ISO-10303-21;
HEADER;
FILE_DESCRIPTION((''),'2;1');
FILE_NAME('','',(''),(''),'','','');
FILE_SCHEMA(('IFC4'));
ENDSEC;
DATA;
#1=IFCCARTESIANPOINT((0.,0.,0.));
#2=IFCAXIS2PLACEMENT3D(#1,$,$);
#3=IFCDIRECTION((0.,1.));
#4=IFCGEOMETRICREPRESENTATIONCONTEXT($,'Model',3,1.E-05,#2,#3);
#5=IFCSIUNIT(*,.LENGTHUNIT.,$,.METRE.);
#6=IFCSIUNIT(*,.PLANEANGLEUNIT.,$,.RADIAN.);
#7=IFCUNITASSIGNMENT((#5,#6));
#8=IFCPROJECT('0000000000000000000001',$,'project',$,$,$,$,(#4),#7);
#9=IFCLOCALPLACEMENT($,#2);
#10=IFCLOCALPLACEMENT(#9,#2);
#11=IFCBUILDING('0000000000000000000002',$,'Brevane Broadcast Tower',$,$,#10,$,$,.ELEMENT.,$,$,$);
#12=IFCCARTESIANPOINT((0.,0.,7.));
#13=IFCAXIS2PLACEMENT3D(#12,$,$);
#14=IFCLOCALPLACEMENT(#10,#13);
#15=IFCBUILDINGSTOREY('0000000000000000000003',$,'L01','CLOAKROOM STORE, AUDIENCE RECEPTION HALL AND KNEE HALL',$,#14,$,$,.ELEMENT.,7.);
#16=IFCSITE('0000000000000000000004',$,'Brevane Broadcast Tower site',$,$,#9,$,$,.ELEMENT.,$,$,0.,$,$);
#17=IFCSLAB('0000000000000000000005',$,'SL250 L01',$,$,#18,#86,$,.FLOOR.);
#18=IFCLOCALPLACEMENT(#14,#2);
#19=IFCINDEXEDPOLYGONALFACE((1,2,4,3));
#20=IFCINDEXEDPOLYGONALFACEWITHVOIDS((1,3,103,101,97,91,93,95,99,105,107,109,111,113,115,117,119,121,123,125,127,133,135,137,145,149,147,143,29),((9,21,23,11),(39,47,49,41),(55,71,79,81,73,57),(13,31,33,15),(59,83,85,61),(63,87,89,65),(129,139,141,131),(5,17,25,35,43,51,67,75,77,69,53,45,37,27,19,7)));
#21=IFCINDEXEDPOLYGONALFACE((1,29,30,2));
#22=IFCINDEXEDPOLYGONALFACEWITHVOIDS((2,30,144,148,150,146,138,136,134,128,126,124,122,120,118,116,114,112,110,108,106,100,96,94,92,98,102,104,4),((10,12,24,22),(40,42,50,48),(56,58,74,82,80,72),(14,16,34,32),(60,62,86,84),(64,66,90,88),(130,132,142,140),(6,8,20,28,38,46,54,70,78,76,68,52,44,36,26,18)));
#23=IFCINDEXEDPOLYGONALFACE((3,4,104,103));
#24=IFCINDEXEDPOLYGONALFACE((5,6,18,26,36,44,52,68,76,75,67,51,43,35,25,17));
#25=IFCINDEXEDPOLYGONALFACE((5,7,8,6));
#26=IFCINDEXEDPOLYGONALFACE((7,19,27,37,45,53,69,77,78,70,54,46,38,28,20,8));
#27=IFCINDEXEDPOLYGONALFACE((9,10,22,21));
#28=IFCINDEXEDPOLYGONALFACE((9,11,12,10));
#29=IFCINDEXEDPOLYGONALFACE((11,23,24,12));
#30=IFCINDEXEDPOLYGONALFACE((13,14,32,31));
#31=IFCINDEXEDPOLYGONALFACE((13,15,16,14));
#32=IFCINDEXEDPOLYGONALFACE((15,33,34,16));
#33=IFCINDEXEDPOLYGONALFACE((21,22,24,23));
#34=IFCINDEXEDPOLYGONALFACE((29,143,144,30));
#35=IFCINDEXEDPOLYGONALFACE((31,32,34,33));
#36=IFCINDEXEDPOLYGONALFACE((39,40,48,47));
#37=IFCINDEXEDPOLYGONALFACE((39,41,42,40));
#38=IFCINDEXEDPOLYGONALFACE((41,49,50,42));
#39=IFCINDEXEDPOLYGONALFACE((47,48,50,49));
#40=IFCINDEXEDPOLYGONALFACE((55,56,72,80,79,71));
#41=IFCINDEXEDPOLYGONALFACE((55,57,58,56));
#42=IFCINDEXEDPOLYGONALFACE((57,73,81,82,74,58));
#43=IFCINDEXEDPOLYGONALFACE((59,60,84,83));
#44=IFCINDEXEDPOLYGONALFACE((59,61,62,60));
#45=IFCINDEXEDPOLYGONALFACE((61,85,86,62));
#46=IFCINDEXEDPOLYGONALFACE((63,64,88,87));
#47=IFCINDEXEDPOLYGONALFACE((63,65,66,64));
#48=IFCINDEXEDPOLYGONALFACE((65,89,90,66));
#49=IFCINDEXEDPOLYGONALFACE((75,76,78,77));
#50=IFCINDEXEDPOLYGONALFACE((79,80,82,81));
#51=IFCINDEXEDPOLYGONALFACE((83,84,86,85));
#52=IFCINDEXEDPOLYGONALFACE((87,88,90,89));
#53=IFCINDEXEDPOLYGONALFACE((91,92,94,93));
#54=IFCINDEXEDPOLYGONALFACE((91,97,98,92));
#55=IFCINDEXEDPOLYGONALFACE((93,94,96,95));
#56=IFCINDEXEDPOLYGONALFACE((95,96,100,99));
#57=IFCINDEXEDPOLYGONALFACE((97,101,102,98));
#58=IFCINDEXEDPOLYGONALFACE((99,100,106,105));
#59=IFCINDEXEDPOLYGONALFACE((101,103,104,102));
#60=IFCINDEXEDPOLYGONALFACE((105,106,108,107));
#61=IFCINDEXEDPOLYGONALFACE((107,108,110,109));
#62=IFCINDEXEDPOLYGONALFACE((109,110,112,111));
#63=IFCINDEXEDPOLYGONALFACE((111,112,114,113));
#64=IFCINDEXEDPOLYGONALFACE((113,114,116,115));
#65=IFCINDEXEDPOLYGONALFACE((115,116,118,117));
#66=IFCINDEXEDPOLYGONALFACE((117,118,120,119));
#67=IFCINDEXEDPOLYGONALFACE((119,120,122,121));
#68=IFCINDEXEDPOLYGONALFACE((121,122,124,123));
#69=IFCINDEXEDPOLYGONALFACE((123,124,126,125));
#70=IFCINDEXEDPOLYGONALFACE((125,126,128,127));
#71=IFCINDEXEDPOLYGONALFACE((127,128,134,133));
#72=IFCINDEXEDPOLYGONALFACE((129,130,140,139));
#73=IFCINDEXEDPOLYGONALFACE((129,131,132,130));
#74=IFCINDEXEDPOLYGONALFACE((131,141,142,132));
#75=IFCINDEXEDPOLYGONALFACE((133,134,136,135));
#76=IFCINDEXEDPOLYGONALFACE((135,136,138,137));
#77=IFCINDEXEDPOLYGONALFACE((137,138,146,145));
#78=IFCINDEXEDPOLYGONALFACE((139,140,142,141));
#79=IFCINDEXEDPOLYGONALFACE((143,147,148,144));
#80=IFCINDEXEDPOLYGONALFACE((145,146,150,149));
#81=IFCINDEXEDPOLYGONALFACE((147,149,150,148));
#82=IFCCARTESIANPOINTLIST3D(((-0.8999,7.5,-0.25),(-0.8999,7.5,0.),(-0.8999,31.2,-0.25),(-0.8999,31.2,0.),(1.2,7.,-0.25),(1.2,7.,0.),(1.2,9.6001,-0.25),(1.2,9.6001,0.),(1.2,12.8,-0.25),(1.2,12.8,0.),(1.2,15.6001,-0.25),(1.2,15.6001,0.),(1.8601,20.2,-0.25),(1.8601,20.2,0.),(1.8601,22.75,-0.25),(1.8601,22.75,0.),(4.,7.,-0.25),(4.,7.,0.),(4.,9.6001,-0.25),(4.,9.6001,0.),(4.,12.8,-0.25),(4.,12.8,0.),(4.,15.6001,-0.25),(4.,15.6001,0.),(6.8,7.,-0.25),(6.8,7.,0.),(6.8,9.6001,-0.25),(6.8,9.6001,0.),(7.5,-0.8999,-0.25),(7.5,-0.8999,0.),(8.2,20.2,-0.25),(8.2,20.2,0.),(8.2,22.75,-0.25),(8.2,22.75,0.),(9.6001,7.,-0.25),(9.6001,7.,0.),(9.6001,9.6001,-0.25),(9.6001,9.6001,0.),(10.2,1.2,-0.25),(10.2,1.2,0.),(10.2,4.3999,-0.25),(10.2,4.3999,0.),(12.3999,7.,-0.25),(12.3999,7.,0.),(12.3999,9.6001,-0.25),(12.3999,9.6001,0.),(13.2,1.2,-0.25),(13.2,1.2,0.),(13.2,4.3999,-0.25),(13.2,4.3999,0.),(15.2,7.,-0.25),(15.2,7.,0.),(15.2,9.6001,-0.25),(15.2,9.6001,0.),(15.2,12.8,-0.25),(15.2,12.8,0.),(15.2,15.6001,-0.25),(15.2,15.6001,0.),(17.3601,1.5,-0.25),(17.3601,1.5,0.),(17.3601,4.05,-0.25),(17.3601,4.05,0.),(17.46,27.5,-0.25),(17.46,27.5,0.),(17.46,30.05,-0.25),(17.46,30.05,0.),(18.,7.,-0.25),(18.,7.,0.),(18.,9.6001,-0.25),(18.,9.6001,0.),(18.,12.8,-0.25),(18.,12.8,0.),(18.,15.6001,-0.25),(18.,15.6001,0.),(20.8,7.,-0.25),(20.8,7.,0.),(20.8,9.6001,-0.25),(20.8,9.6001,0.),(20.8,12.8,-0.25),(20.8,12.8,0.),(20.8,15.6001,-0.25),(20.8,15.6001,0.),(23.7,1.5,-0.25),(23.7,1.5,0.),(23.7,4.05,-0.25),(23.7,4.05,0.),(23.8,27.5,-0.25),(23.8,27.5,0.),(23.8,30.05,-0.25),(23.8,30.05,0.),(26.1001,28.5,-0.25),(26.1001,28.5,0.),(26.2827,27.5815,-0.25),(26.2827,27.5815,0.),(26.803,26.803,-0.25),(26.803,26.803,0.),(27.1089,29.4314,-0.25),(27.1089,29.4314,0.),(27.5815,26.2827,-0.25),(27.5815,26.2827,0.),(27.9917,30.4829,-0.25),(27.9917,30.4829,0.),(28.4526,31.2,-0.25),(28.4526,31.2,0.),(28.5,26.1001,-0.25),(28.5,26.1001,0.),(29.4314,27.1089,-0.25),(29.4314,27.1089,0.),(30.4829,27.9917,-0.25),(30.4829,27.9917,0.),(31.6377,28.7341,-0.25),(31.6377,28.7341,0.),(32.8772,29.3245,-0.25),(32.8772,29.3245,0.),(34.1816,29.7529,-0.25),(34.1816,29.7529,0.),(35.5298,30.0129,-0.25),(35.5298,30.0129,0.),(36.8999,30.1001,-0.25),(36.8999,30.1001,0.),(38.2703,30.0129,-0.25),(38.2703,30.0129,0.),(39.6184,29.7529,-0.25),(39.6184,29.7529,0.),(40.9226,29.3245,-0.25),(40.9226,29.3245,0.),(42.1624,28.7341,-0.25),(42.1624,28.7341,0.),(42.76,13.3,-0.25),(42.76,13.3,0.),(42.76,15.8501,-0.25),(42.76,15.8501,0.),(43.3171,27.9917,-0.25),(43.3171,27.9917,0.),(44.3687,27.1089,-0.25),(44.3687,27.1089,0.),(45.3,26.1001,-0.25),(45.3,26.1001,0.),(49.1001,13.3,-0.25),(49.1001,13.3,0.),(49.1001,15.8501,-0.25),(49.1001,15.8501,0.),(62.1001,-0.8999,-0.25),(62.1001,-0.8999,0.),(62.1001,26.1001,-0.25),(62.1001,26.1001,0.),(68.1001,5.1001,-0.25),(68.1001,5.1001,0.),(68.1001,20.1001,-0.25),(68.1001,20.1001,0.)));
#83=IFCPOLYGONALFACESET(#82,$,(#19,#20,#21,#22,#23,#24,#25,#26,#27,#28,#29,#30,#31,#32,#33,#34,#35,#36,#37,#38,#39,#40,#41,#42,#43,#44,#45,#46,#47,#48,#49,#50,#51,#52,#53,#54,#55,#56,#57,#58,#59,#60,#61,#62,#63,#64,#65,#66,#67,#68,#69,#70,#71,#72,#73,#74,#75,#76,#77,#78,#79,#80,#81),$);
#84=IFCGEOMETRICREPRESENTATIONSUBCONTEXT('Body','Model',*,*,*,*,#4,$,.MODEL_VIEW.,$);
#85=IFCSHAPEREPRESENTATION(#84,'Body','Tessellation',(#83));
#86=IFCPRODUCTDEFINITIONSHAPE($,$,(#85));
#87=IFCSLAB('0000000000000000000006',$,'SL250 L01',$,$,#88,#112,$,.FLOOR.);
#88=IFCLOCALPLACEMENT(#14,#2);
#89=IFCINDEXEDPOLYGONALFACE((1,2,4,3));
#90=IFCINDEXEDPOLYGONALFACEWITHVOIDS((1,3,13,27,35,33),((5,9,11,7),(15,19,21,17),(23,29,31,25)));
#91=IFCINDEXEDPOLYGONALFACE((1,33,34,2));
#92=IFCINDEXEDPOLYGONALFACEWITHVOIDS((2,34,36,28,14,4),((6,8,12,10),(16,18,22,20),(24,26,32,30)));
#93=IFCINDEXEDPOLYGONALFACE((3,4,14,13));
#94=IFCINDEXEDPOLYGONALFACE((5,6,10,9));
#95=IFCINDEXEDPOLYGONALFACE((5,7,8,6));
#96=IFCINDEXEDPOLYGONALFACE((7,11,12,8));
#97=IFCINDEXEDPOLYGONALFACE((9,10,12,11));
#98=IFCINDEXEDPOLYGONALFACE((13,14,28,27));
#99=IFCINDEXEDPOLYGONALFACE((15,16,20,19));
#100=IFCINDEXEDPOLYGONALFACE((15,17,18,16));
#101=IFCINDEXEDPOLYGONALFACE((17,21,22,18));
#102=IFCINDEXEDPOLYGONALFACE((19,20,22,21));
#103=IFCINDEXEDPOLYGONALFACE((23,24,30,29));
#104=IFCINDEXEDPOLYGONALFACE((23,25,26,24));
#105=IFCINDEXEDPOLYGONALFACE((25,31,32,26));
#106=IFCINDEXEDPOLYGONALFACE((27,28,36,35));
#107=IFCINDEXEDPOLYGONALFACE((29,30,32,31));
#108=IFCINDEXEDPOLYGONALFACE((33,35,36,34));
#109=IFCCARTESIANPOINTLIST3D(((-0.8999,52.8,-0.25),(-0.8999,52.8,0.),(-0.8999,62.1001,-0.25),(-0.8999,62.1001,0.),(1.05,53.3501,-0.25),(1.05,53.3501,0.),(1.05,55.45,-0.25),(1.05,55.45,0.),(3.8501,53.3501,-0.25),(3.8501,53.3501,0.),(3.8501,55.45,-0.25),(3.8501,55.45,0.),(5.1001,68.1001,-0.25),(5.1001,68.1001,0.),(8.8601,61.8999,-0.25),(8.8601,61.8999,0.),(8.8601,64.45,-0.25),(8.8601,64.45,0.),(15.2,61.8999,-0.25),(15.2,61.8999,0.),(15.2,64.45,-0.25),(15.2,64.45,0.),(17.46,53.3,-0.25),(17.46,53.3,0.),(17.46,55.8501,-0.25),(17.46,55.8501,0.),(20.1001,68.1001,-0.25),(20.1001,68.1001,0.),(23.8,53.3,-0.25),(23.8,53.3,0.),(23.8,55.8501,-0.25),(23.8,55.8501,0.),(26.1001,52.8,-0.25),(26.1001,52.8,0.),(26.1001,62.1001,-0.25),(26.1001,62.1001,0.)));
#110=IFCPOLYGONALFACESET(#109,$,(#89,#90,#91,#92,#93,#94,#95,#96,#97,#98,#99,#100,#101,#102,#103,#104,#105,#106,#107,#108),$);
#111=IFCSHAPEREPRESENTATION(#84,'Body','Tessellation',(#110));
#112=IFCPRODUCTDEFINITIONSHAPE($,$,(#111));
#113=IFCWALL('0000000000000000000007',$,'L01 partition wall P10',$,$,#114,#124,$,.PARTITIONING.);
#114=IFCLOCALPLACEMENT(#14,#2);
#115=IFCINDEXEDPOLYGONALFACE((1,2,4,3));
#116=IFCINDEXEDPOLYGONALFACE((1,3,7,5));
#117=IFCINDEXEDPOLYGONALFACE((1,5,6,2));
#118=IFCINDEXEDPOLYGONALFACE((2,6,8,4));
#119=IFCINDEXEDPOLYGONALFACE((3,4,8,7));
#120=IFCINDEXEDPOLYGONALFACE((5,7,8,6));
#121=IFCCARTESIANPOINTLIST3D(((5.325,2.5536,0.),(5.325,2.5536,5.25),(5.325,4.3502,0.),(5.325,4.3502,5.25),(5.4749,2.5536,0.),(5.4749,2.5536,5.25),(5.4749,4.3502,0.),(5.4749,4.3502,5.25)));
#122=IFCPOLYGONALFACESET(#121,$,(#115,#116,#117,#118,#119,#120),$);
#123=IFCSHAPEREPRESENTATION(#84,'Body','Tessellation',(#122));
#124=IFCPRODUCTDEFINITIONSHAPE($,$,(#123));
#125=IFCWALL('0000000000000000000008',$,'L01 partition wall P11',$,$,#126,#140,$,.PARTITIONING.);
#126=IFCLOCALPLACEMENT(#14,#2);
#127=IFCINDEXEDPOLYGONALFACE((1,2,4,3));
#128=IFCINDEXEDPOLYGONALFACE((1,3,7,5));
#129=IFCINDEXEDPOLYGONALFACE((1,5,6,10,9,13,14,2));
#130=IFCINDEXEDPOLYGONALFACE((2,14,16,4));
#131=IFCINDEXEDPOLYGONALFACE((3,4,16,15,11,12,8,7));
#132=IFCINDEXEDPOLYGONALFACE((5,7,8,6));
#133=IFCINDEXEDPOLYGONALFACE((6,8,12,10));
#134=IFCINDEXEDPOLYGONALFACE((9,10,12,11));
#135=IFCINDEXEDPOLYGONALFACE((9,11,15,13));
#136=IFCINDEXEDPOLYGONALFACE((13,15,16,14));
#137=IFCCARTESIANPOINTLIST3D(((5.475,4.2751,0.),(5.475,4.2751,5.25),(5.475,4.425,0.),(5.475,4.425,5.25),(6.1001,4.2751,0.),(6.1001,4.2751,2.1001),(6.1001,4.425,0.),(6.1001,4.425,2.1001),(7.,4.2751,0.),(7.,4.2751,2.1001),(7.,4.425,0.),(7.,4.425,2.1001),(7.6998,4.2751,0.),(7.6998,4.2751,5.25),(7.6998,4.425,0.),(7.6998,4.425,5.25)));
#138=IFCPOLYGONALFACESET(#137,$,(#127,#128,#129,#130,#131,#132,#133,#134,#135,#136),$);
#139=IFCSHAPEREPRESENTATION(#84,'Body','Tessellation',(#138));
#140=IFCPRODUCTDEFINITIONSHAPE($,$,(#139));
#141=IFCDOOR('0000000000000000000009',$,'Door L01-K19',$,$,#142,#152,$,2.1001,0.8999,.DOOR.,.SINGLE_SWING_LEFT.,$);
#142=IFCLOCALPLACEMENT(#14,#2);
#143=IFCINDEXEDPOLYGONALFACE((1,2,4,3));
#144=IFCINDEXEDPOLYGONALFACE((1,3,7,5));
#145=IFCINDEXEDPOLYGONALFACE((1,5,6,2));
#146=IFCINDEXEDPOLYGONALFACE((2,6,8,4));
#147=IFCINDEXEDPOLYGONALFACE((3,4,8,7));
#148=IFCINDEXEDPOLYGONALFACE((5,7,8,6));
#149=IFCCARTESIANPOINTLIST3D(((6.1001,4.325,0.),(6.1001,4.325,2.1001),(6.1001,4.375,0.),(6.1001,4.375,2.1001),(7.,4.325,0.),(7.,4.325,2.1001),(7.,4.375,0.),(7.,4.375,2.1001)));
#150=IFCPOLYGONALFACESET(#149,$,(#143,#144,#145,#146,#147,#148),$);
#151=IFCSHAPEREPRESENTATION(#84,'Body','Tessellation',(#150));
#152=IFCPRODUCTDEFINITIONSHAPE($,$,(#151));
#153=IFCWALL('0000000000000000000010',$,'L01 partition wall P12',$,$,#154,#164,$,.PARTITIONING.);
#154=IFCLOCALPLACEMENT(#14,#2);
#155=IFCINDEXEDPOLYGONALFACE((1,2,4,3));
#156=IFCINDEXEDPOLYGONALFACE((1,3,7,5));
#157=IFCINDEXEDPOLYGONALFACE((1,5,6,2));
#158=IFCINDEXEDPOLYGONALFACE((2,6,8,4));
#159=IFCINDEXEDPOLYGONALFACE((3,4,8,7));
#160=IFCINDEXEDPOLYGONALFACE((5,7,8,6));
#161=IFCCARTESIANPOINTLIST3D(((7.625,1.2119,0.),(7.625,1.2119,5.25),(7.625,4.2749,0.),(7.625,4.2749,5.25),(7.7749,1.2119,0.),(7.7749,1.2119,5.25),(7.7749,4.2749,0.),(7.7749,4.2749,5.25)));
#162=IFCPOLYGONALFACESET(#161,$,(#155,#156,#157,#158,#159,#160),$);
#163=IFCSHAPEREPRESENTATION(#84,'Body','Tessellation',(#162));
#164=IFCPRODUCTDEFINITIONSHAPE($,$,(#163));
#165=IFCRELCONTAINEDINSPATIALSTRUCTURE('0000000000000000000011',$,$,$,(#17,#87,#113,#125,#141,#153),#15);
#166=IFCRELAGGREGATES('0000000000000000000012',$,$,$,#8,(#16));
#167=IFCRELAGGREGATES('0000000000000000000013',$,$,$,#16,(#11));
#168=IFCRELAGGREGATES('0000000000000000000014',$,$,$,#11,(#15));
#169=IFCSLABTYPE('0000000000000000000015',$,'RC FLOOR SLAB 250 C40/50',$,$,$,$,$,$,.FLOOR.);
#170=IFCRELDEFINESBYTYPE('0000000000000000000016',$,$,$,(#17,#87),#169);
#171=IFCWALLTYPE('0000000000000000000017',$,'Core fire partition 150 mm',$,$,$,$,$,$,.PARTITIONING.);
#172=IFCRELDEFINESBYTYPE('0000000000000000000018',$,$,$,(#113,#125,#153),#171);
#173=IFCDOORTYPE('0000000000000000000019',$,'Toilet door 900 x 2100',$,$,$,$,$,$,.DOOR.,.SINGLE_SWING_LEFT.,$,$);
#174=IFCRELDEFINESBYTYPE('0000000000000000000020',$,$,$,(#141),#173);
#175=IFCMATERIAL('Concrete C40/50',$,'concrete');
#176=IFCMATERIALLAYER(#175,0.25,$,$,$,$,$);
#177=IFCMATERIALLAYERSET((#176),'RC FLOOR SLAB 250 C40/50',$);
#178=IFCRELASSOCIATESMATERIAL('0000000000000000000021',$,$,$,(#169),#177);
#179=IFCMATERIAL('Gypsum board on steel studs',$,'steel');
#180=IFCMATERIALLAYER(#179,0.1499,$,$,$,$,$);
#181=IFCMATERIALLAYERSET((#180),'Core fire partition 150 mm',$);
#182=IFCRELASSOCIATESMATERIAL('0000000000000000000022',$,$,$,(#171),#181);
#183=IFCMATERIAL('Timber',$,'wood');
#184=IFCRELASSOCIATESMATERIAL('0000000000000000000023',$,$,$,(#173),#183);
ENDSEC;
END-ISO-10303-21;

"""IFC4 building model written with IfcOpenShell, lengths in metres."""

from ifc_helpers import new_model, si_unit, direction, frame, frame_2d, origin, place, context, subcontext, project, spatial, polyline, rectangle, outline, extrude, material, layer, layer_set, type_object, element, fill, save


model = new_model("IFC4")

# Units and contexts
model_context = context("Model", 3, precision=1e-05, world=origin(), true_north=direction((0.0, 1.0)))
body_context = subcontext(model_context, "Body", "Model", "MODEL_VIEW")
ifc_project = project(units=[si_unit("LENGTHUNIT", "METRE"), si_unit("PLANEANGLEUNIT", "RADIAN")], contexts=[model_context])

# Site, building, storey
site_placement = place(None, origin())
site = spatial("IfcSite", under=ifc_project, at=site_placement, Name="Brevane Broadcast Tower site", CompositionType="ELEMENT", RefElevation=0.0)
building_placement = place(site_placement, origin())
building = spatial("IfcBuilding", under=site, at=building_placement, Name="Brevane Broadcast Tower", CompositionType="ELEMENT")
storey_placement = place(building_placement, frame((0.0, 0.0, 7.0)))
storey = spatial("IfcBuildingStorey", under=building, at=storey_placement, Name="L01", Description="CLOAKROOM STORE, AUDIENCE RECEPTION HALL AND KNEE HALL", CompositionType="ELEMENT", Elevation=7.0)

# Slabs
ifc_material_1 = material(Name="Concrete C40/50", Category="concrete")
ifc_layer_1 = layer(ifc_material_1, 0.25)
ifc_layer_set_1 = layer_set([ifc_layer_1], Name="RC FLOOR SLAB 250 C40/50")
slab_type = type_object("IfcSlabType", Name="RC FLOOR SLAB 250 C40/50", PredefinedType="FLOOR", material=ifc_layer_set_1)
slab_1_placement = place(storey_placement, frame((0.0, 0.0, -0.25)))
element("IfcSlab", 1, at=slab_1_placement, inside=storey, type_object=slab_type, Name="SL250 L01", PredefinedType="FLOOR", context=body_context, shape_type="SweptSolid", body=[
    extrude(outline(polyline([(-0.8999, 31.2), (28.4526, 31.2), (27.9917, 30.4829), (27.1089, 29.4314), (26.1001, 28.5), (26.2827, 27.5815), (26.803, 26.803), (27.5815, 26.2827), (28.5, 26.1001), (29.4314, 27.1089), (30.4829, 27.9917), (31.6377, 28.7341), (32.8772, 29.3245), (34.1816, 29.7529), (35.5298, 30.0129), (36.8999, 30.1001), (38.2703, 30.0129), (39.6184, 29.7529), (40.9226, 29.3245), (42.1624, 28.7341), (43.3171, 27.9917), (44.3687, 27.1089), (45.3, 26.1001), (62.1001, 26.1001), (68.1001, 20.1001), (68.1001, 5.1001), (62.1001, -0.8999), (7.5, -0.8999), (-0.8999, 7.5), (-0.8999, 31.2)]), holes=[polyline([(13.2, 1.2), (13.2, 4.3999), (10.2, 4.3999), (10.2, 1.2), (13.2, 1.2)]), polyline([(6.8, 9.6001), (4.0, 9.6001), (1.2, 9.6001), (1.2, 7.0), (4.0, 7.0), (6.8, 7.0), (9.6001, 7.0), (12.3999, 7.0), (15.2, 7.0), (18.0, 7.0), (20.8, 7.0), (20.8, 9.6001), (18.0, 9.6001), (15.2, 9.6001), (12.3999, 9.6001), (9.6001, 9.6001), (6.8, 9.6001)]), polyline([(4.0, 12.8), (4.0, 15.6001), (1.2, 15.6001), (1.2, 12.8), (4.0, 12.8)]), polyline([(8.2, 22.75), (1.8601, 22.75), (1.8601, 20.2), (8.2, 20.2), (8.2, 22.75)]), polyline([(23.7, 4.05), (17.3601, 4.05), (17.3601, 1.5), (23.7, 1.5), (23.7, 4.05)]), polyline([(18.0, 15.6001), (15.2, 15.6001), (15.2, 12.8), (18.0, 12.8), (20.8, 12.8), (20.8, 15.6001), (18.0, 15.6001)]), polyline([(49.1001, 15.8501), (42.76, 15.8501), (42.76, 13.3), (49.1001, 13.3), (49.1001, 15.8501)]), polyline([(23.8, 27.5), (23.8, 30.05), (17.46, 30.05), (17.46, 27.5), (23.8, 27.5)])]), origin(), (0.0, 0.0, 1.0), 0.25),
])
slab_2_placement = place(storey_placement, frame((0.0, 0.0, -0.25)))
element("IfcSlab", 2, at=slab_2_placement, inside=storey, type_object=slab_type, Name="SL250 L01", PredefinedType="FLOOR", context=body_context, shape_type="SweptSolid", body=[
    extrude(outline(polyline([(5.1001, 68.1001), (20.1001, 68.1001), (26.1001, 62.1001), (26.1001, 52.8), (-0.8999, 52.8), (-0.8999, 62.1001), (5.1001, 68.1001)]), holes=[polyline([(1.05, 53.3501), (3.8501, 53.3501), (3.8501, 55.45), (1.05, 55.45), (1.05, 53.3501)]), polyline([(15.2, 61.8999), (15.2, 64.45), (8.8601, 64.45), (8.8601, 61.8999), (15.2, 61.8999)]), polyline([(23.8, 53.3), (23.8, 55.8501), (17.46, 55.8501), (17.46, 53.3), (23.8, 53.3)])]), origin(), (0.0, 0.0, 1.0), 0.25),
])

# Wall
ifc_material_2 = material(Name="Gypsum board on steel studs", Category="steel")
ifc_layer_2 = layer(ifc_material_2, 0.1499)
ifc_layer_set_2 = layer_set([ifc_layer_2], Name="Core fire partition 150 mm")
wall_type_1 = type_object("IfcWallType", Name="Core fire partition 150 mm", PredefinedType="PARTITIONING", material=ifc_layer_set_2)
wall_1_placement = place(storey_placement, frame((5.3999, 2.5535, 0.0), z_axis=(0.0, 0.0, 1.0), x_axis=(0.0, 1.0, 0.0)))
element("IfcWall", 3, at=wall_1_placement, inside=storey, type_object=wall_type_1, Name="L01 partition wall P10", PredefinedType="PARTITIONING", context=body_context, shape_type="SweptSolid", body=[
    extrude(rectangle(XDim=1.7966, YDim=0.1499, at=frame_2d((0.8984, 0.0))), origin(), (0.0, 0.0, 1.0), 5.25),
])

# Wall, opening, door
wall_2_placement = place(storey_placement, frame((5.4751, 4.3501, 0.0), z_axis=(0.0, 0.0, 1.0), x_axis=(1.0, 0.0, 0.0)))
wall_2 = element("IfcWall", 4, at=wall_2_placement, inside=storey, type_object=wall_type_1, Name="L01 partition wall P11", PredefinedType="PARTITIONING", context=body_context, shape_type="SweptSolid", body=[
    extrude(rectangle(XDim=2.2249, YDim=0.1499, at=frame_2d((1.1123, 0.0))), origin(), (0.0, 0.0, 1.0), 5.25),
])
opening_1_placement = place(wall_2_placement, frame((0.625, 0.0, 0.0)))
opening_1 = element("IfcOpeningElement", 5, at=opening_1_placement, cuts=wall_2, PredefinedType="OPENING", context=body_context, shape_type="SweptSolid", body=[
    extrude(rectangle(XDim=0.8999, YDim=2.1001, at=frame_2d((0.45, 1.05))), frame((0.0, 0.085, 0.0), z_axis=(0.0, -1.0, 0.0), x_axis=(1.0, 0.0, 0.0)), (0.0, 0.0, 1.0), 0.1699),
])
ifc_material_3 = material(Name="Timber", Category="wood")
door_type_1 = type_object("IfcDoorType", Name="Toilet door 900 x 2100", OperationType="SINGLE_SWING_LEFT", PredefinedType="DOOR", material=ifc_material_3)
door_1_placement = place(opening_1_placement, origin())
door_1 = element("IfcDoor", 6, at=door_1_placement, inside=storey, type_object=door_type_1, Name="Door L01-K19", OperationType="SINGLE_SWING_LEFT", OverallHeight=2.1001, OverallWidth=0.8999, PredefinedType="DOOR", context=body_context, shape_type="SweptSolid", body=[
    extrude(rectangle(XDim=0.8999, YDim=2.1001, at=frame_2d((0.45, 1.05))), frame((0.0, 0.0249, 0.0), z_axis=(0.0, -1.0, 0.0), x_axis=(1.0, 0.0, 0.0)), (0.0, 0.0, 1.0), 0.05),
])
fill(opening_1, door_1)

# Wall
wall_3_placement = place(storey_placement, frame((7.7, 4.2749, 0.0), z_axis=(0.0, 0.0, 1.0), x_axis=(0.0, -1.0, 0.0)))
element("IfcWall", 7, at=wall_3_placement, inside=storey, type_object=wall_type_1, Name="L01 partition wall P12", PredefinedType="PARTITIONING", context=body_context, shape_type="SweptSolid", body=[
    extrude(rectangle(XDim=3.063, YDim=0.1499, at=frame_2d((1.5315, 0.0))), origin(), (0.0, 0.0, 1.0), 5.25),
])

save(model, "model.ifc")
